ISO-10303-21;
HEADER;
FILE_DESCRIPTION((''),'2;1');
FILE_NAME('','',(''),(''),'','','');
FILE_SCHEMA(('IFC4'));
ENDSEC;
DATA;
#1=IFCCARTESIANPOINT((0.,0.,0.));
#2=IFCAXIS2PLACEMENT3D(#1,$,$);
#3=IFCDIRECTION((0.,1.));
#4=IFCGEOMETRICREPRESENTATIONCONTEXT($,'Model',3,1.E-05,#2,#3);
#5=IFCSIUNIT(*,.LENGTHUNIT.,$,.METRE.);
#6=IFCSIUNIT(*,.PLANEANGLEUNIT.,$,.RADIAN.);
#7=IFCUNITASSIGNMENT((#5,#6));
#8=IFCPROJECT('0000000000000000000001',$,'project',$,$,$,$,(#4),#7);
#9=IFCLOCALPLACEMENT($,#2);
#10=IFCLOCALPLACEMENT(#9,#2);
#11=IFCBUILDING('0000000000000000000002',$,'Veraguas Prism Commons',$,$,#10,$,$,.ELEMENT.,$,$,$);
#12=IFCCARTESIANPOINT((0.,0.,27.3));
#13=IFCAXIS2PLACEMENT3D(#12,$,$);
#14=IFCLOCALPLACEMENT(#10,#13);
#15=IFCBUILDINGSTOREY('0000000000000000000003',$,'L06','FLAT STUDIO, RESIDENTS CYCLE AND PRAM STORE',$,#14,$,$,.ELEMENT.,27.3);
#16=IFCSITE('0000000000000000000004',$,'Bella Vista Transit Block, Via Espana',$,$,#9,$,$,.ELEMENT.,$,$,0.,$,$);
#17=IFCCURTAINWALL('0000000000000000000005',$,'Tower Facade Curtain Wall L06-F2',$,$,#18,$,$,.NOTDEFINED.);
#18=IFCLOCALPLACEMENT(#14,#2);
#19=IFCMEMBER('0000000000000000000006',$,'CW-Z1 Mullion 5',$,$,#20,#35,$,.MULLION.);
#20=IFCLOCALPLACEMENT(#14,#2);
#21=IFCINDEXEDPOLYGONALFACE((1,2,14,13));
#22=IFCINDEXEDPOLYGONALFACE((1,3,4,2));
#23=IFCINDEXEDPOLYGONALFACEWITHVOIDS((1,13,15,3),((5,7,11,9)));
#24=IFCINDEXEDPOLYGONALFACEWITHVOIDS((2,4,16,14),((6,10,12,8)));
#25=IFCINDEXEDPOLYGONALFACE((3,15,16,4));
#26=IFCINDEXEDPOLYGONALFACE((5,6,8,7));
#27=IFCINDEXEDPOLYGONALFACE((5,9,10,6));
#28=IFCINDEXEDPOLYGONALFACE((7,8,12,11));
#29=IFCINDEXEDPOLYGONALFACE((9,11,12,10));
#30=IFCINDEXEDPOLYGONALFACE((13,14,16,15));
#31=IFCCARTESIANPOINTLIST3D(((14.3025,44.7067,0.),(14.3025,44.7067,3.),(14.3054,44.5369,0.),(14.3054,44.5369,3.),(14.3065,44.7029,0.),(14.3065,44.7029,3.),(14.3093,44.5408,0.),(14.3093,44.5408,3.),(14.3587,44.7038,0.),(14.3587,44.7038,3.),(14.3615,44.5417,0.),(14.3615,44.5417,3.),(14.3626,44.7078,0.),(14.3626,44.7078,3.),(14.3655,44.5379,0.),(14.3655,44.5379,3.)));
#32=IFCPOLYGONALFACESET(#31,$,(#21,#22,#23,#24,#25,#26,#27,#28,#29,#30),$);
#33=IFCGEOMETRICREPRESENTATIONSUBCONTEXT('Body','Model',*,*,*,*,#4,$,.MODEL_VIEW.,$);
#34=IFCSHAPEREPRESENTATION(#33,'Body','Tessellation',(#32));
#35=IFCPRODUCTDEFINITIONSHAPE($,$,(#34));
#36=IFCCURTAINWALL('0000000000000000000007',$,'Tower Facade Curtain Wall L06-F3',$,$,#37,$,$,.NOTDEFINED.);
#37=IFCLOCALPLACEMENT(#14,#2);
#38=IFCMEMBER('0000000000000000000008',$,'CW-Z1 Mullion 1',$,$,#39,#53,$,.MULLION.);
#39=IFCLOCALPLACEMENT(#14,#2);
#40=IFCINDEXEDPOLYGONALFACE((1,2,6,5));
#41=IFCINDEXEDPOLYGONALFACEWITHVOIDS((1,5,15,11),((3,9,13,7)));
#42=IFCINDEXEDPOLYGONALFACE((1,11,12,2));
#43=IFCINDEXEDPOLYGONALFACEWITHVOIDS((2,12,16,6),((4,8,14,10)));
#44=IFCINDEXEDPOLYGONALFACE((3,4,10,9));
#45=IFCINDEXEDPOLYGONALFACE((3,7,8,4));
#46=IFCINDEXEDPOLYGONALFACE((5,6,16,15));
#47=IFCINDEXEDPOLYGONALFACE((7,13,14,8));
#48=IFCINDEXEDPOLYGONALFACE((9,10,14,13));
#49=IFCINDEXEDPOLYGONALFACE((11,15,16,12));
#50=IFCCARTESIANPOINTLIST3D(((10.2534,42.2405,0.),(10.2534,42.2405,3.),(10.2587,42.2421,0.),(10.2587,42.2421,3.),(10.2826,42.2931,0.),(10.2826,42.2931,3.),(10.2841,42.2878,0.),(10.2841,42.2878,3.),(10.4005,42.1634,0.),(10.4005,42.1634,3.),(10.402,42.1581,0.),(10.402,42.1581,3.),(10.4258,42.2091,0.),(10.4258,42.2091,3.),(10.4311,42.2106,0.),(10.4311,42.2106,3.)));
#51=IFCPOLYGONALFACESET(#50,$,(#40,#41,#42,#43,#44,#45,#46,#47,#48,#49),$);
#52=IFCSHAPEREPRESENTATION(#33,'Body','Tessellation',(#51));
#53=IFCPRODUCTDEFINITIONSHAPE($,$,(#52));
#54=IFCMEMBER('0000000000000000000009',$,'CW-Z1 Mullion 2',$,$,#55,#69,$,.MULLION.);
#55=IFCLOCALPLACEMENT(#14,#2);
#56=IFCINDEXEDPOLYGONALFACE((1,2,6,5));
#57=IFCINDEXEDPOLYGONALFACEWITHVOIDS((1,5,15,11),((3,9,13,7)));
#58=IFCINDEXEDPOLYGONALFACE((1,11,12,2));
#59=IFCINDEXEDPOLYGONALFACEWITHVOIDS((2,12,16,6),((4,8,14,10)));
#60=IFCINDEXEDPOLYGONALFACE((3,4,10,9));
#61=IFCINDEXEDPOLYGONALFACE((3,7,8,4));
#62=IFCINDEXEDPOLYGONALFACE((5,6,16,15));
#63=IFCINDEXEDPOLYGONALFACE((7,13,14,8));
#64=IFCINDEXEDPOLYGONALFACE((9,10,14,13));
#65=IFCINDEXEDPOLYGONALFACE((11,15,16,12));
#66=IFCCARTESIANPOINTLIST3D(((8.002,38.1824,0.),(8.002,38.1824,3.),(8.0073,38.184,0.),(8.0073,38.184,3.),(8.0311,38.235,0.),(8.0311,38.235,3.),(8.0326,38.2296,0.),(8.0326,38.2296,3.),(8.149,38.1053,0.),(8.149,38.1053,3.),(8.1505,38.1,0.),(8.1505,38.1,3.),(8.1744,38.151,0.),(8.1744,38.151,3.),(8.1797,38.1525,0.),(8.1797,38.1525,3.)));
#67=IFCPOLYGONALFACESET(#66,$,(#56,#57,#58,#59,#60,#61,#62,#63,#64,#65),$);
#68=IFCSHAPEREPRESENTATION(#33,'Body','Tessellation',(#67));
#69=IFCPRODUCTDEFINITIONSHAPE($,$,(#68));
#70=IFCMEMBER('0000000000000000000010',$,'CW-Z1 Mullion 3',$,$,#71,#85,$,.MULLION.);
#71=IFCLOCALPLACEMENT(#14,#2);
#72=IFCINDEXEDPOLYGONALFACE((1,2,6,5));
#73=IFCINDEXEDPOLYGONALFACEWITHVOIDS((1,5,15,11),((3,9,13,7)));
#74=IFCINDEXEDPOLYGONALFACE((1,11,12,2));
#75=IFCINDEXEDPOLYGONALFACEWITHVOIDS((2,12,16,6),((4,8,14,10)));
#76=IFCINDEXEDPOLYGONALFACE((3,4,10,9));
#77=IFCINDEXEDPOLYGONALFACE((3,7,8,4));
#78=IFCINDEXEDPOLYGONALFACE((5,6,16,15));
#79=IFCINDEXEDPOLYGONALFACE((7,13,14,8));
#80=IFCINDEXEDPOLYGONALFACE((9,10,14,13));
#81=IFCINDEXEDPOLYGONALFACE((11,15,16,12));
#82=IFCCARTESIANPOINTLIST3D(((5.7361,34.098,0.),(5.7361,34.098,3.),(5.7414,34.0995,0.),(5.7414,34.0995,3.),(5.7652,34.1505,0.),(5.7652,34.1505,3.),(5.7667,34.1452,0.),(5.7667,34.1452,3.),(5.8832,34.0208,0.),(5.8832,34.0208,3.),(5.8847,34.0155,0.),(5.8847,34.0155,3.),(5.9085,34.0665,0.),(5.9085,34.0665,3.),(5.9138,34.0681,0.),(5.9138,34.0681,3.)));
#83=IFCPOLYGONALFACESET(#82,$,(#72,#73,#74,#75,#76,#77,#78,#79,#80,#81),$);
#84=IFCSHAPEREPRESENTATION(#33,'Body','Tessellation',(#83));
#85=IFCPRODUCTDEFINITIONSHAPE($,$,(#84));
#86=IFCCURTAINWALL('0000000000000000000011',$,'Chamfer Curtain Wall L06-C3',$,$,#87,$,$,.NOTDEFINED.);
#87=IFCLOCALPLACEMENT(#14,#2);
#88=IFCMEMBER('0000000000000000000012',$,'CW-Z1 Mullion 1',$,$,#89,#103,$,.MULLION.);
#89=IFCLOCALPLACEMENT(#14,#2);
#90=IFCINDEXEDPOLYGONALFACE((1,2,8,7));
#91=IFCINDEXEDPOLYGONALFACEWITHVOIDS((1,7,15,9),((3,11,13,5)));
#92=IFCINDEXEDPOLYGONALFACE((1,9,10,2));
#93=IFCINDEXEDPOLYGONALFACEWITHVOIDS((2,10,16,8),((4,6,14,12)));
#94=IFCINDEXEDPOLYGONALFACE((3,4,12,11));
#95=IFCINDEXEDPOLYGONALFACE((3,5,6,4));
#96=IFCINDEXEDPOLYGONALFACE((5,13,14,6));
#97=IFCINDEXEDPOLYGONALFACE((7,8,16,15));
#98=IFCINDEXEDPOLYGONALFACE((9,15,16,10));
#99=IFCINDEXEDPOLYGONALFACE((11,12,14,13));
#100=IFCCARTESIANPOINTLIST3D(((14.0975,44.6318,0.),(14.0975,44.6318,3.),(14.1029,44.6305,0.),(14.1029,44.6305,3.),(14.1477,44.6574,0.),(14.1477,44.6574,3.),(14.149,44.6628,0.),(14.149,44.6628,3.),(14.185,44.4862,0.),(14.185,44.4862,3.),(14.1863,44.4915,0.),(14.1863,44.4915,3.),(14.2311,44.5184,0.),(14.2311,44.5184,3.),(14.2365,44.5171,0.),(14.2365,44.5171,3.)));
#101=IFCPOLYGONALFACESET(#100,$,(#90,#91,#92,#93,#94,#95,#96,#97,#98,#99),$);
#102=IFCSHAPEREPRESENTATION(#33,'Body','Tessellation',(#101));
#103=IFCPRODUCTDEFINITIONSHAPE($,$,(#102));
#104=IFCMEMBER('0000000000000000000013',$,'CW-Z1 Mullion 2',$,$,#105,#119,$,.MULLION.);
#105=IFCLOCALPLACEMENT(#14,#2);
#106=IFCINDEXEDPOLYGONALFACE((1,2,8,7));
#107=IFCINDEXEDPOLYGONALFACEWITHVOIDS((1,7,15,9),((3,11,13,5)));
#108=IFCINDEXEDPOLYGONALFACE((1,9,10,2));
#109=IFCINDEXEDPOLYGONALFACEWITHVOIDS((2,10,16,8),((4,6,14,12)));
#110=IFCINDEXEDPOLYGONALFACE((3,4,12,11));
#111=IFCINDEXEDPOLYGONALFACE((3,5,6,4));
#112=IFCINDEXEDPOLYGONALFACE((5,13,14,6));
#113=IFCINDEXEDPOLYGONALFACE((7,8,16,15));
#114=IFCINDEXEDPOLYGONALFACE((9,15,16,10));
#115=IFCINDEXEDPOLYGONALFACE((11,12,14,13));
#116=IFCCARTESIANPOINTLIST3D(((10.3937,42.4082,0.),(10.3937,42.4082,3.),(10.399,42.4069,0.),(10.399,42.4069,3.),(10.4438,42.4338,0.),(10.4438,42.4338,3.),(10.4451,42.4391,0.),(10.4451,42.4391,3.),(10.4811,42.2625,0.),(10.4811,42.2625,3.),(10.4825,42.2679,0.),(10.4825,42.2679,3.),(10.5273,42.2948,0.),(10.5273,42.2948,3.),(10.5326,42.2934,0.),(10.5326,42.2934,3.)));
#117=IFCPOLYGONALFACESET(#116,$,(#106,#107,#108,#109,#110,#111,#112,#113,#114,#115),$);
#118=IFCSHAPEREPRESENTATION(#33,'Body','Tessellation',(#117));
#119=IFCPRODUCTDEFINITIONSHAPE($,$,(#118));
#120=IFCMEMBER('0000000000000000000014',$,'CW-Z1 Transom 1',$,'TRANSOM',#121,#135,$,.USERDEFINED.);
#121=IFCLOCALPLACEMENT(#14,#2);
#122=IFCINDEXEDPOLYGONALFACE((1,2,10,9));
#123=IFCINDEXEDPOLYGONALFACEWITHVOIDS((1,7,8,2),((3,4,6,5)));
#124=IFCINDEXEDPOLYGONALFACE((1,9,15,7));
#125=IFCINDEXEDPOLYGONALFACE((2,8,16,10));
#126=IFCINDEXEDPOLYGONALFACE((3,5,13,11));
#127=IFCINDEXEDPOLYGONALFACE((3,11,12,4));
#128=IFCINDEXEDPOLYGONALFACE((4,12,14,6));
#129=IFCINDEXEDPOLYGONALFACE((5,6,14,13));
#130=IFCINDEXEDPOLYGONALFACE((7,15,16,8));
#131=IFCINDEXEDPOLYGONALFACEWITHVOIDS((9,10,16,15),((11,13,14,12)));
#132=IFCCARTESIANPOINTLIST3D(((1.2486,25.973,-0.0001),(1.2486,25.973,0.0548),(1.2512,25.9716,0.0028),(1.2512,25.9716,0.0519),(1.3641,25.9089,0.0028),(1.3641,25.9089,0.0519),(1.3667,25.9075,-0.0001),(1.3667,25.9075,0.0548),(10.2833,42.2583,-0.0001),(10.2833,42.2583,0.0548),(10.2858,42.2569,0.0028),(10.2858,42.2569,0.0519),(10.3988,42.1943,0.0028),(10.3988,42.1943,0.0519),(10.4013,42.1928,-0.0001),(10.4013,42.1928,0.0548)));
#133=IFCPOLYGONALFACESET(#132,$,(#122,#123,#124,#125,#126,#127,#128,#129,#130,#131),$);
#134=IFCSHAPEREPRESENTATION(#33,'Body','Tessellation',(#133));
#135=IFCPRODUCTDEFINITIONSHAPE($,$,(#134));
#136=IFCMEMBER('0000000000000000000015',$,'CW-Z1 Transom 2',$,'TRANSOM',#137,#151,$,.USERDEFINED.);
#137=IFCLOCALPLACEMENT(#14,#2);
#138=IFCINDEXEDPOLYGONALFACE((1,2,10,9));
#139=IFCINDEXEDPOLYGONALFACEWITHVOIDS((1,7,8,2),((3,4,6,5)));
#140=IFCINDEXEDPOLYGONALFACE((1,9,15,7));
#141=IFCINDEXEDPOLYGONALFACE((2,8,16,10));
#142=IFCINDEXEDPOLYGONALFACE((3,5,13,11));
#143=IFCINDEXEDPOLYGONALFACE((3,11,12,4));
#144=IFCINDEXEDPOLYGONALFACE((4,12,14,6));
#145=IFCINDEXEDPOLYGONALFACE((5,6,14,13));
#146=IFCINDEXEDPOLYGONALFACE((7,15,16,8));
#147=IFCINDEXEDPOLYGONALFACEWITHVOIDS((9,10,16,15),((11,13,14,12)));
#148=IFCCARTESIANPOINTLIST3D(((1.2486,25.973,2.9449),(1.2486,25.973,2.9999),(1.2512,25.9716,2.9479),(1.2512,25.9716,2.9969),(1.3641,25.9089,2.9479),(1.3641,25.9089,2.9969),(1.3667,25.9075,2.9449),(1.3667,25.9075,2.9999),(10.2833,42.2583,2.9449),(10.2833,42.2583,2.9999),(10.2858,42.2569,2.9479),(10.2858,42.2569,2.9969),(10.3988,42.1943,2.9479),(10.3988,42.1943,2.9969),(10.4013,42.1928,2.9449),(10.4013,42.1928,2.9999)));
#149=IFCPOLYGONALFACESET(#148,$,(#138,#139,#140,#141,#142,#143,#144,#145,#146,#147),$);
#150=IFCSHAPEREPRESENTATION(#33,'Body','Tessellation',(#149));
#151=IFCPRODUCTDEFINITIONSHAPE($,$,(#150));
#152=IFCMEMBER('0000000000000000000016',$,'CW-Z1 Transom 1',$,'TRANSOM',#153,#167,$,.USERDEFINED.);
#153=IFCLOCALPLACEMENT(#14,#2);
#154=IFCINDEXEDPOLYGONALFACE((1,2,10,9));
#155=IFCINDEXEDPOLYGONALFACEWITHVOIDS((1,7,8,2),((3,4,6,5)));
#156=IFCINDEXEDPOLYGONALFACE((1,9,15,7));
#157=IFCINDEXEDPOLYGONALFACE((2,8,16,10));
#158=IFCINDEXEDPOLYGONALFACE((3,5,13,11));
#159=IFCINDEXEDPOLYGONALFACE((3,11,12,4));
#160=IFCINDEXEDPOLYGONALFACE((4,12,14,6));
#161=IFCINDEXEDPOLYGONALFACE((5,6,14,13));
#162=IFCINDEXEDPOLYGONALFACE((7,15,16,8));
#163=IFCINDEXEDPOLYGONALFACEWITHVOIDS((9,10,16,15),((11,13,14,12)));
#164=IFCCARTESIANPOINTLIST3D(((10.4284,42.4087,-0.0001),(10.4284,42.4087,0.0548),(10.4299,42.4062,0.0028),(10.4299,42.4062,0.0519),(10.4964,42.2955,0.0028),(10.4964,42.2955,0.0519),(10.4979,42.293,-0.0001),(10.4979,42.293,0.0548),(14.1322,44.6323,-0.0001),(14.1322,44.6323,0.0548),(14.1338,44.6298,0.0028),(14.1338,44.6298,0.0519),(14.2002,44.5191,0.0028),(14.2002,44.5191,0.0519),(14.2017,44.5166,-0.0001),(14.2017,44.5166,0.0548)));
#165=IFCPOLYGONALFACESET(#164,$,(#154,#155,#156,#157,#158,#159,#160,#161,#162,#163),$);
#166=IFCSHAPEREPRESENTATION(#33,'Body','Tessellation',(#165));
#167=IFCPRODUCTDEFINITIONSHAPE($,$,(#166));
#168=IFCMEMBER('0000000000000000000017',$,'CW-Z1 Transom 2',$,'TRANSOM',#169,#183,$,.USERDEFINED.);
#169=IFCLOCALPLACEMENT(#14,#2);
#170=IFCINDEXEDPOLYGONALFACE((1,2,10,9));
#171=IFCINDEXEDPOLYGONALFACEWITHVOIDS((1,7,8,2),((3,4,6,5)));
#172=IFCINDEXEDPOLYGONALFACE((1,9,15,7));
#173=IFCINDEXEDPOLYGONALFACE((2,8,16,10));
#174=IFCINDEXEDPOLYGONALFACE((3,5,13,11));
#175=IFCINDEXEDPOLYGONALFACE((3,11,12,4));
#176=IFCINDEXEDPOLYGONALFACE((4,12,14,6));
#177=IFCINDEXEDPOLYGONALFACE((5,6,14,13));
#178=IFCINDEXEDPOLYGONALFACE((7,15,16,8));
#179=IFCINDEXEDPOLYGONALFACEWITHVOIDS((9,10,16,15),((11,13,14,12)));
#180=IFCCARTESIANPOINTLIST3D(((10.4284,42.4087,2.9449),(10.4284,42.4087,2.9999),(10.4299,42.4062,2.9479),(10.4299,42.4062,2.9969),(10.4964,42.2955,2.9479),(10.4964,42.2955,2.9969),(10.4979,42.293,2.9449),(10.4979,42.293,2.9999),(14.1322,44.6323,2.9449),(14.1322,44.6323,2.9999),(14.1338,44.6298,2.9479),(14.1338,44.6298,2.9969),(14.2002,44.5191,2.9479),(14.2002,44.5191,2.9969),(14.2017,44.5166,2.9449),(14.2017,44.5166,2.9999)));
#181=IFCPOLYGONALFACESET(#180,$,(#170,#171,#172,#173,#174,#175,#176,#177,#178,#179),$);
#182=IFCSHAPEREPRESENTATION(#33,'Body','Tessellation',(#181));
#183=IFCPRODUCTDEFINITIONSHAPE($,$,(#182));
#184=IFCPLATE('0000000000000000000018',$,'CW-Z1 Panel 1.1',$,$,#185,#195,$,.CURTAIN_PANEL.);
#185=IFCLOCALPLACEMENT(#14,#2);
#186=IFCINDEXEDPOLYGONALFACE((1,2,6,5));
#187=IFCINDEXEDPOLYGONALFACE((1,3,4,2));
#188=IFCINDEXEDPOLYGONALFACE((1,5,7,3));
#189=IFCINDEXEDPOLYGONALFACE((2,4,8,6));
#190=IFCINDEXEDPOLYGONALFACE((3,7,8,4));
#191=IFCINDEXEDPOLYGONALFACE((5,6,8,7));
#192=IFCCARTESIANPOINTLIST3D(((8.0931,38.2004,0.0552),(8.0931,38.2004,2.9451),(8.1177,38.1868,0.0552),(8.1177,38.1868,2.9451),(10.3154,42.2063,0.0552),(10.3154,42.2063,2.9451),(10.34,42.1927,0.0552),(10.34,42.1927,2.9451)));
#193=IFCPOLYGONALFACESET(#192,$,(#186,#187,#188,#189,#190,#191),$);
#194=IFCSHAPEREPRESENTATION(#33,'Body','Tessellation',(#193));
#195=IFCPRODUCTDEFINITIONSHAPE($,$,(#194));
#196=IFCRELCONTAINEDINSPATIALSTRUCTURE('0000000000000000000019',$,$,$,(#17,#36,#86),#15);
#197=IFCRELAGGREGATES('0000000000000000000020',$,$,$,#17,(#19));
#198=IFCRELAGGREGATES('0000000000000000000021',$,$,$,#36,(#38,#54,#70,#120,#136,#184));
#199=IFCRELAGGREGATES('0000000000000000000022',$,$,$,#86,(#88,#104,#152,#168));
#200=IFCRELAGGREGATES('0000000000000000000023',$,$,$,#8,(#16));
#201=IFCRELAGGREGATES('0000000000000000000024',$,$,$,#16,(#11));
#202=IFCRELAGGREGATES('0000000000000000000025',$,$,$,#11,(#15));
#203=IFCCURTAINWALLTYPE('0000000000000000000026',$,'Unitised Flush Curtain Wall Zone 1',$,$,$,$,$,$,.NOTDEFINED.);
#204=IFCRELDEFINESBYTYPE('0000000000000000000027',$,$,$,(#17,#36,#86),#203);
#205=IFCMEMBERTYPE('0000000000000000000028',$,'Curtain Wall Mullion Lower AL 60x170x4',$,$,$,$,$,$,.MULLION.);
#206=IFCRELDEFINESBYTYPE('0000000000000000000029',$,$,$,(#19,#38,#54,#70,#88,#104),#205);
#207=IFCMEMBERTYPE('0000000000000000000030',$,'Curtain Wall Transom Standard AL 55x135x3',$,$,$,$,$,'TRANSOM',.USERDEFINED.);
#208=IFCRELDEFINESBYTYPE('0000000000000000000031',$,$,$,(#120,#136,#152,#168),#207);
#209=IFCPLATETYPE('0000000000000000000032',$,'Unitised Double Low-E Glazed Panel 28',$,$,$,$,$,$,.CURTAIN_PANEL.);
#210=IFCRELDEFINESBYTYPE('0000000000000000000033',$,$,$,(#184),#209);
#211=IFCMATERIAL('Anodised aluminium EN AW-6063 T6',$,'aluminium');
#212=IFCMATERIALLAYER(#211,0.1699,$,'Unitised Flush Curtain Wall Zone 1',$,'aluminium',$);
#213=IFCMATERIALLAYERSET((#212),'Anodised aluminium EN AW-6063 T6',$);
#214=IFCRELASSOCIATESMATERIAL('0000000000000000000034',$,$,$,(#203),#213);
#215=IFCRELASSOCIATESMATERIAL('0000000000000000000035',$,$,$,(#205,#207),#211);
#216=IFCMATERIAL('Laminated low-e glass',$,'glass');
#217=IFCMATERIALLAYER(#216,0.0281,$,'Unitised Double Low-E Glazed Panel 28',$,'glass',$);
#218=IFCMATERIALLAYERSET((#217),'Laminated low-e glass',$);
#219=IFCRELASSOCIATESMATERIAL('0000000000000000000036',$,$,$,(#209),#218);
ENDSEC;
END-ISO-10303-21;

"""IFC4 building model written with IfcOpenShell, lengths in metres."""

from ifc_helpers import new_model, si_unit, direction, frame, origin, origin_2d, place, context, subcontext, project, spatial, rectangle, hollow_rectangle, extrude, source, transform, mapped, material, layer, layer_set, material_profile, profile_set, type_object, element, aggregate, save


model = new_model("IFC4")

# Units and contexts
model_context = context("Model", 3, precision=1e-05, world=origin(), true_north=direction((0.0, 1.0)))
body_context = subcontext(model_context, "Body", "Model", "MODEL_VIEW")
ifc_project = project(units=[si_unit("LENGTHUNIT", "METRE"), si_unit("PLANEANGLEUNIT", "RADIAN")], contexts=[model_context])

# Site, building, storey
site_placement = place(None, origin())
site = spatial("IfcSite", under=ifc_project, at=site_placement, Name="Bella Vista Transit Block, Via Espana", CompositionType="ELEMENT", RefElevation=0.0)
building_placement = place(site_placement, origin())
building = spatial("IfcBuilding", under=site, at=building_placement, Name="Veraguas Prism Commons", CompositionType="ELEMENT")
storey_placement = place(building_placement, frame((0.0, 0.0, 27.3)))
storey = spatial("IfcBuildingStorey", under=building, at=storey_placement, Name="L06", Description="FLAT STUDIO, RESIDENTS CYCLE AND PRAM STORE", CompositionType="ELEMENT", Elevation=27.3)

# Curtain wall, member
ifc_material_1 = material(Name="Anodised aluminium EN AW-6063 T6", Category="aluminium")
ifc_layer_1 = layer(ifc_material_1, 0.1699, Name="Unitised Flush Curtain Wall Zone 1", Category="aluminium")
ifc_layer_set_1 = layer_set([ifc_layer_1], Name="Anodised aluminium EN AW-6063 T6")
curtain_wall_type = type_object("IfcCurtainWallType", Name="Unitised Flush Curtain Wall Zone 1", PredefinedType="NOTDEFINED", material=ifc_layer_set_1)
curtain_wall_1_placement = place(storey_placement, origin())
curtain_wall_1 = element("IfcCurtainWall", 1, at=curtain_wall_1_placement, inside=storey, type_object=curtain_wall_type, Name="Tower Facade Curtain Wall L06-F2", PredefinedType="NOTDEFINED")
ifc_material_profile_1 = material_profile(ifc_material_1, hollow_rectangle(XDim=0.0601, YDim=0.1699, WallThickness=0.0039, at=origin_2d()), Name="AL60X170X4")
ifc_profile_set_1 = profile_set([ifc_material_profile_1], Name="Anodised aluminium EN AW-6063 T6")
member_type_1 = type_object("IfcMemberType", Name="Curtain Wall Mullion Lower AL 60x170x4", PredefinedType="MULLION", material=ifc_profile_set_1)
shared_shape_1 = source(origin(), body_context, "Body", "SweptSolid", [
    extrude(hollow_rectangle(XDim=0.0601, YDim=0.1699, WallThickness=0.0039, at=origin_2d()), origin(), (0.0, 0.0, 1.0), 3.0),
])
member_1_placement = place(storey_placement, frame((14.334, 44.6223, 0.0), z_axis=(0.0, 0.0, 1.0), x_axis=(-0.999854, -0.017105, 0.0)))
member_1 = element("IfcMember", 2, at=member_1_placement, type_object=member_type_1, Name="CW-Z1 Mullion 5", PredefinedType="MULLION", context=body_context, shape_type="MappedRepresentation", body=[
    mapped(shared_shape_1, transform((0.0, 0.0, 0.0), scale=1.0)),
])
aggregate(curtain_wall_1, [member_1])

# Curtain walls, members
curtain_wall_2_placement = place(storey_placement, origin())
curtain_wall_2 = element("IfcCurtainWall", 3, at=curtain_wall_2_placement, inside=storey, type_object=curtain_wall_type, Name="Tower Facade Curtain Wall L06-F3", PredefinedType="NOTDEFINED")
member_2_placement = place(storey_placement, frame((10.3423, 42.2256, 0.0), z_axis=(0.0, 0.0, 1.0), x_axis=(-0.485116, -0.87445, 0.0)))
member_2 = element("IfcMember", 4, at=member_2_placement, type_object=member_type_1, Name="CW-Z1 Mullion 1", PredefinedType="MULLION", context=body_context, shape_type="MappedRepresentation", body=[
    mapped(shared_shape_1, transform((0.0, 0.0, 0.0), scale=1.0)),
])
member_3_placement = place(storey_placement, frame((8.0908, 38.1675, 0.0), z_axis=(0.0, 0.0, 1.0), x_axis=(-0.485116, -0.87445, 0.0)))
member_3 = element("IfcMember", 5, at=member_3_placement, type_object=member_type_1, Name="CW-Z1 Mullion 2", PredefinedType="MULLION", context=body_context, shape_type="MappedRepresentation", body=[
    mapped(shared_shape_1, transform((0.0, 0.0, 0.0), scale=1.0)),
])
member_4_placement = place(storey_placement, frame((5.825, 34.083, 0.0), z_axis=(0.0, 0.0, 1.0), x_axis=(-0.485116, -0.87445, 0.0)))
member_4 = element("IfcMember", 6, at=member_4_placement, type_object=member_type_1, Name="CW-Z1 Mullion 3", PredefinedType="MULLION", context=body_context, shape_type="MappedRepresentation", body=[
    mapped(shared_shape_1, transform((0.0, 0.0, 0.0), scale=1.0)),
])
curtain_wall_3_placement = place(storey_placement, origin())
curtain_wall_3 = element("IfcCurtainWall", 7, at=curtain_wall_3_placement, inside=storey, type_object=curtain_wall_type, Name="Chamfer Curtain Wall L06-C3", PredefinedType="NOTDEFINED")
member_5_placement = place(storey_placement, frame((14.167, 44.5745, 0.0), z_axis=(0.0, 0.0, 1.0), x_axis=(-0.85735, -0.514734, 0.0)))
member_5 = element("IfcMember", 8, at=member_5_placement, type_object=member_type_1, Name="CW-Z1 Mullion 1", PredefinedType="MULLION", context=body_context, shape_type="MappedRepresentation", body=[
    mapped(shared_shape_1, transform((0.0, 0.0, 0.0), scale=1.0)),
])
member_6_placement = place(storey_placement, frame((10.4631, 42.3508, 0.0), z_axis=(0.0, 0.0, 1.0), x_axis=(-0.85735, -0.514734, 0.0)))
member_6 = element("IfcMember", 9, at=member_6_placement, type_object=member_type_1, Name="CW-Z1 Mullion 2", PredefinedType="MULLION", context=body_context, shape_type="MappedRepresentation", body=[
    mapped(shared_shape_1, transform((0.0, 0.0, 0.0), scale=1.0)),
])

# Members
ifc_material_profile_2 = material_profile(ifc_material_1, hollow_rectangle(XDim=0.0549, YDim=0.135, WallThickness=0.0029, at=origin_2d()), Name="AL55X135X3")
ifc_profile_set_2 = profile_set([ifc_material_profile_2], Name="Anodised aluminium EN AW-6063 T6")
member_type_2 = type_object("IfcMemberType", Name="Curtain Wall Transom Standard AL 55x135x3", ElementType="TRANSOM", PredefinedType="USERDEFINED", material=ifc_profile_set_2)
shared_shape_2 = source(origin(), body_context, "Body", "SweptSolid", [
    extrude(hollow_rectangle(XDim=0.0549, YDim=0.135, WallThickness=0.0029, at=origin_2d()), origin(), (0.0, 0.0, 1.0), 18.6235),
])
member_7_placement = place(storey_placement, frame((10.3423, 42.2256, 0.0273), z_axis=(-0.485119, -0.874448, 0.0), x_axis=(0.0, 0.0, 1.0)))
member_7 = element("IfcMember", 10, at=member_7_placement, type_object=member_type_2, Name="CW-Z1 Transom 1", ObjectType="TRANSOM", PredefinedType="USERDEFINED", context=body_context, shape_type="MappedRepresentation", body=[
    mapped(shared_shape_2, transform((0.0, 0.0, 0.0), scale=1.0)),
])
member_8_placement = place(storey_placement, frame((10.3423, 42.2256, 2.9724), z_axis=(-0.485119, -0.874448, 0.0), x_axis=(0.0, 0.0, 1.0)))
member_8 = element("IfcMember", 11, at=member_8_placement, type_object=member_type_2, Name="CW-Z1 Transom 2", ObjectType="TRANSOM", PredefinedType="USERDEFINED", context=body_context, shape_type="MappedRepresentation", body=[
    mapped(shared_shape_2, transform((0.0, 0.0, 0.0), scale=1.0)),
])
shared_shape_3 = source(origin(), body_context, "Body", "SweptSolid", [
    extrude(hollow_rectangle(XDim=0.0549, YDim=0.135, WallThickness=0.0029, at=origin_2d()), origin(), (0.0, 0.0, 1.0), 4.3201),
])
member_9_placement = place(storey_placement, frame((14.167, 44.5745, 0.0273), z_axis=(-0.857358, -0.51472, 0.0), x_axis=(0.0, 0.0, 1.0)))
member_9 = element("IfcMember", 12, at=member_9_placement, type_object=member_type_2, Name="CW-Z1 Transom 1", ObjectType="TRANSOM", PredefinedType="USERDEFINED", context=body_context, shape_type="MappedRepresentation", body=[
    mapped(shared_shape_3, transform((0.0, 0.0, 0.0), scale=1.0)),
])
member_10_placement = place(storey_placement, frame((14.167, 44.5745, 2.9724), z_axis=(-0.857358, -0.51472, 0.0), x_axis=(0.0, 0.0, 1.0)))
member_10 = element("IfcMember", 13, at=member_10_placement, type_object=member_type_2, Name="CW-Z1 Transom 2", ObjectType="TRANSOM", PredefinedType="USERDEFINED", context=body_context, shape_type="MappedRepresentation", body=[
    mapped(shared_shape_3, transform((0.0, 0.0, 0.0), scale=1.0)),
])

# Plate
ifc_material_2 = material(Name="Laminated low-e glass", Category="glass")
ifc_layer_2 = layer(ifc_material_2, 0.0281, Name="Unitised Double Low-E Glazed Panel 28", Category="glass")
ifc_layer_set_2 = layer_set([ifc_layer_2], Name="Laminated low-e glass")
plate_type = type_object("IfcPlateType", Name="Unitised Double Low-E Glazed Panel 28", PredefinedType="CURTAIN_PANEL", material=ifc_layer_set_2)
shared_shape_4 = source(origin(), body_context, "Body", "SweptSolid", [
    extrude(rectangle(XDim=4.5811, YDim=0.0281, at=origin_2d()), origin(), (0.0, 0.0, 1.0), 2.8899),
])
plate_1_placement = place(storey_placement, frame((9.2166, 40.1965, 0.0552), z_axis=(0.0, 0.0, 1.0), x_axis=(-0.485116, -0.87445, 0.0)))
plate_1 = element("IfcPlate", 14, at=plate_1_placement, type_object=plate_type, Name="CW-Z1 Panel 1.1", PredefinedType="CURTAIN_PANEL", context=body_context, shape_type="MappedRepresentation", body=[
    mapped(shared_shape_4, transform((0.0, 0.0, 0.0), scale=1.0)),
])
aggregate(curtain_wall_2, [member_2, member_3, member_4, member_7, member_8, plate_1])
aggregate(curtain_wall_3, [member_5, member_6, member_9, member_10])

save(model, "model.ifc")
